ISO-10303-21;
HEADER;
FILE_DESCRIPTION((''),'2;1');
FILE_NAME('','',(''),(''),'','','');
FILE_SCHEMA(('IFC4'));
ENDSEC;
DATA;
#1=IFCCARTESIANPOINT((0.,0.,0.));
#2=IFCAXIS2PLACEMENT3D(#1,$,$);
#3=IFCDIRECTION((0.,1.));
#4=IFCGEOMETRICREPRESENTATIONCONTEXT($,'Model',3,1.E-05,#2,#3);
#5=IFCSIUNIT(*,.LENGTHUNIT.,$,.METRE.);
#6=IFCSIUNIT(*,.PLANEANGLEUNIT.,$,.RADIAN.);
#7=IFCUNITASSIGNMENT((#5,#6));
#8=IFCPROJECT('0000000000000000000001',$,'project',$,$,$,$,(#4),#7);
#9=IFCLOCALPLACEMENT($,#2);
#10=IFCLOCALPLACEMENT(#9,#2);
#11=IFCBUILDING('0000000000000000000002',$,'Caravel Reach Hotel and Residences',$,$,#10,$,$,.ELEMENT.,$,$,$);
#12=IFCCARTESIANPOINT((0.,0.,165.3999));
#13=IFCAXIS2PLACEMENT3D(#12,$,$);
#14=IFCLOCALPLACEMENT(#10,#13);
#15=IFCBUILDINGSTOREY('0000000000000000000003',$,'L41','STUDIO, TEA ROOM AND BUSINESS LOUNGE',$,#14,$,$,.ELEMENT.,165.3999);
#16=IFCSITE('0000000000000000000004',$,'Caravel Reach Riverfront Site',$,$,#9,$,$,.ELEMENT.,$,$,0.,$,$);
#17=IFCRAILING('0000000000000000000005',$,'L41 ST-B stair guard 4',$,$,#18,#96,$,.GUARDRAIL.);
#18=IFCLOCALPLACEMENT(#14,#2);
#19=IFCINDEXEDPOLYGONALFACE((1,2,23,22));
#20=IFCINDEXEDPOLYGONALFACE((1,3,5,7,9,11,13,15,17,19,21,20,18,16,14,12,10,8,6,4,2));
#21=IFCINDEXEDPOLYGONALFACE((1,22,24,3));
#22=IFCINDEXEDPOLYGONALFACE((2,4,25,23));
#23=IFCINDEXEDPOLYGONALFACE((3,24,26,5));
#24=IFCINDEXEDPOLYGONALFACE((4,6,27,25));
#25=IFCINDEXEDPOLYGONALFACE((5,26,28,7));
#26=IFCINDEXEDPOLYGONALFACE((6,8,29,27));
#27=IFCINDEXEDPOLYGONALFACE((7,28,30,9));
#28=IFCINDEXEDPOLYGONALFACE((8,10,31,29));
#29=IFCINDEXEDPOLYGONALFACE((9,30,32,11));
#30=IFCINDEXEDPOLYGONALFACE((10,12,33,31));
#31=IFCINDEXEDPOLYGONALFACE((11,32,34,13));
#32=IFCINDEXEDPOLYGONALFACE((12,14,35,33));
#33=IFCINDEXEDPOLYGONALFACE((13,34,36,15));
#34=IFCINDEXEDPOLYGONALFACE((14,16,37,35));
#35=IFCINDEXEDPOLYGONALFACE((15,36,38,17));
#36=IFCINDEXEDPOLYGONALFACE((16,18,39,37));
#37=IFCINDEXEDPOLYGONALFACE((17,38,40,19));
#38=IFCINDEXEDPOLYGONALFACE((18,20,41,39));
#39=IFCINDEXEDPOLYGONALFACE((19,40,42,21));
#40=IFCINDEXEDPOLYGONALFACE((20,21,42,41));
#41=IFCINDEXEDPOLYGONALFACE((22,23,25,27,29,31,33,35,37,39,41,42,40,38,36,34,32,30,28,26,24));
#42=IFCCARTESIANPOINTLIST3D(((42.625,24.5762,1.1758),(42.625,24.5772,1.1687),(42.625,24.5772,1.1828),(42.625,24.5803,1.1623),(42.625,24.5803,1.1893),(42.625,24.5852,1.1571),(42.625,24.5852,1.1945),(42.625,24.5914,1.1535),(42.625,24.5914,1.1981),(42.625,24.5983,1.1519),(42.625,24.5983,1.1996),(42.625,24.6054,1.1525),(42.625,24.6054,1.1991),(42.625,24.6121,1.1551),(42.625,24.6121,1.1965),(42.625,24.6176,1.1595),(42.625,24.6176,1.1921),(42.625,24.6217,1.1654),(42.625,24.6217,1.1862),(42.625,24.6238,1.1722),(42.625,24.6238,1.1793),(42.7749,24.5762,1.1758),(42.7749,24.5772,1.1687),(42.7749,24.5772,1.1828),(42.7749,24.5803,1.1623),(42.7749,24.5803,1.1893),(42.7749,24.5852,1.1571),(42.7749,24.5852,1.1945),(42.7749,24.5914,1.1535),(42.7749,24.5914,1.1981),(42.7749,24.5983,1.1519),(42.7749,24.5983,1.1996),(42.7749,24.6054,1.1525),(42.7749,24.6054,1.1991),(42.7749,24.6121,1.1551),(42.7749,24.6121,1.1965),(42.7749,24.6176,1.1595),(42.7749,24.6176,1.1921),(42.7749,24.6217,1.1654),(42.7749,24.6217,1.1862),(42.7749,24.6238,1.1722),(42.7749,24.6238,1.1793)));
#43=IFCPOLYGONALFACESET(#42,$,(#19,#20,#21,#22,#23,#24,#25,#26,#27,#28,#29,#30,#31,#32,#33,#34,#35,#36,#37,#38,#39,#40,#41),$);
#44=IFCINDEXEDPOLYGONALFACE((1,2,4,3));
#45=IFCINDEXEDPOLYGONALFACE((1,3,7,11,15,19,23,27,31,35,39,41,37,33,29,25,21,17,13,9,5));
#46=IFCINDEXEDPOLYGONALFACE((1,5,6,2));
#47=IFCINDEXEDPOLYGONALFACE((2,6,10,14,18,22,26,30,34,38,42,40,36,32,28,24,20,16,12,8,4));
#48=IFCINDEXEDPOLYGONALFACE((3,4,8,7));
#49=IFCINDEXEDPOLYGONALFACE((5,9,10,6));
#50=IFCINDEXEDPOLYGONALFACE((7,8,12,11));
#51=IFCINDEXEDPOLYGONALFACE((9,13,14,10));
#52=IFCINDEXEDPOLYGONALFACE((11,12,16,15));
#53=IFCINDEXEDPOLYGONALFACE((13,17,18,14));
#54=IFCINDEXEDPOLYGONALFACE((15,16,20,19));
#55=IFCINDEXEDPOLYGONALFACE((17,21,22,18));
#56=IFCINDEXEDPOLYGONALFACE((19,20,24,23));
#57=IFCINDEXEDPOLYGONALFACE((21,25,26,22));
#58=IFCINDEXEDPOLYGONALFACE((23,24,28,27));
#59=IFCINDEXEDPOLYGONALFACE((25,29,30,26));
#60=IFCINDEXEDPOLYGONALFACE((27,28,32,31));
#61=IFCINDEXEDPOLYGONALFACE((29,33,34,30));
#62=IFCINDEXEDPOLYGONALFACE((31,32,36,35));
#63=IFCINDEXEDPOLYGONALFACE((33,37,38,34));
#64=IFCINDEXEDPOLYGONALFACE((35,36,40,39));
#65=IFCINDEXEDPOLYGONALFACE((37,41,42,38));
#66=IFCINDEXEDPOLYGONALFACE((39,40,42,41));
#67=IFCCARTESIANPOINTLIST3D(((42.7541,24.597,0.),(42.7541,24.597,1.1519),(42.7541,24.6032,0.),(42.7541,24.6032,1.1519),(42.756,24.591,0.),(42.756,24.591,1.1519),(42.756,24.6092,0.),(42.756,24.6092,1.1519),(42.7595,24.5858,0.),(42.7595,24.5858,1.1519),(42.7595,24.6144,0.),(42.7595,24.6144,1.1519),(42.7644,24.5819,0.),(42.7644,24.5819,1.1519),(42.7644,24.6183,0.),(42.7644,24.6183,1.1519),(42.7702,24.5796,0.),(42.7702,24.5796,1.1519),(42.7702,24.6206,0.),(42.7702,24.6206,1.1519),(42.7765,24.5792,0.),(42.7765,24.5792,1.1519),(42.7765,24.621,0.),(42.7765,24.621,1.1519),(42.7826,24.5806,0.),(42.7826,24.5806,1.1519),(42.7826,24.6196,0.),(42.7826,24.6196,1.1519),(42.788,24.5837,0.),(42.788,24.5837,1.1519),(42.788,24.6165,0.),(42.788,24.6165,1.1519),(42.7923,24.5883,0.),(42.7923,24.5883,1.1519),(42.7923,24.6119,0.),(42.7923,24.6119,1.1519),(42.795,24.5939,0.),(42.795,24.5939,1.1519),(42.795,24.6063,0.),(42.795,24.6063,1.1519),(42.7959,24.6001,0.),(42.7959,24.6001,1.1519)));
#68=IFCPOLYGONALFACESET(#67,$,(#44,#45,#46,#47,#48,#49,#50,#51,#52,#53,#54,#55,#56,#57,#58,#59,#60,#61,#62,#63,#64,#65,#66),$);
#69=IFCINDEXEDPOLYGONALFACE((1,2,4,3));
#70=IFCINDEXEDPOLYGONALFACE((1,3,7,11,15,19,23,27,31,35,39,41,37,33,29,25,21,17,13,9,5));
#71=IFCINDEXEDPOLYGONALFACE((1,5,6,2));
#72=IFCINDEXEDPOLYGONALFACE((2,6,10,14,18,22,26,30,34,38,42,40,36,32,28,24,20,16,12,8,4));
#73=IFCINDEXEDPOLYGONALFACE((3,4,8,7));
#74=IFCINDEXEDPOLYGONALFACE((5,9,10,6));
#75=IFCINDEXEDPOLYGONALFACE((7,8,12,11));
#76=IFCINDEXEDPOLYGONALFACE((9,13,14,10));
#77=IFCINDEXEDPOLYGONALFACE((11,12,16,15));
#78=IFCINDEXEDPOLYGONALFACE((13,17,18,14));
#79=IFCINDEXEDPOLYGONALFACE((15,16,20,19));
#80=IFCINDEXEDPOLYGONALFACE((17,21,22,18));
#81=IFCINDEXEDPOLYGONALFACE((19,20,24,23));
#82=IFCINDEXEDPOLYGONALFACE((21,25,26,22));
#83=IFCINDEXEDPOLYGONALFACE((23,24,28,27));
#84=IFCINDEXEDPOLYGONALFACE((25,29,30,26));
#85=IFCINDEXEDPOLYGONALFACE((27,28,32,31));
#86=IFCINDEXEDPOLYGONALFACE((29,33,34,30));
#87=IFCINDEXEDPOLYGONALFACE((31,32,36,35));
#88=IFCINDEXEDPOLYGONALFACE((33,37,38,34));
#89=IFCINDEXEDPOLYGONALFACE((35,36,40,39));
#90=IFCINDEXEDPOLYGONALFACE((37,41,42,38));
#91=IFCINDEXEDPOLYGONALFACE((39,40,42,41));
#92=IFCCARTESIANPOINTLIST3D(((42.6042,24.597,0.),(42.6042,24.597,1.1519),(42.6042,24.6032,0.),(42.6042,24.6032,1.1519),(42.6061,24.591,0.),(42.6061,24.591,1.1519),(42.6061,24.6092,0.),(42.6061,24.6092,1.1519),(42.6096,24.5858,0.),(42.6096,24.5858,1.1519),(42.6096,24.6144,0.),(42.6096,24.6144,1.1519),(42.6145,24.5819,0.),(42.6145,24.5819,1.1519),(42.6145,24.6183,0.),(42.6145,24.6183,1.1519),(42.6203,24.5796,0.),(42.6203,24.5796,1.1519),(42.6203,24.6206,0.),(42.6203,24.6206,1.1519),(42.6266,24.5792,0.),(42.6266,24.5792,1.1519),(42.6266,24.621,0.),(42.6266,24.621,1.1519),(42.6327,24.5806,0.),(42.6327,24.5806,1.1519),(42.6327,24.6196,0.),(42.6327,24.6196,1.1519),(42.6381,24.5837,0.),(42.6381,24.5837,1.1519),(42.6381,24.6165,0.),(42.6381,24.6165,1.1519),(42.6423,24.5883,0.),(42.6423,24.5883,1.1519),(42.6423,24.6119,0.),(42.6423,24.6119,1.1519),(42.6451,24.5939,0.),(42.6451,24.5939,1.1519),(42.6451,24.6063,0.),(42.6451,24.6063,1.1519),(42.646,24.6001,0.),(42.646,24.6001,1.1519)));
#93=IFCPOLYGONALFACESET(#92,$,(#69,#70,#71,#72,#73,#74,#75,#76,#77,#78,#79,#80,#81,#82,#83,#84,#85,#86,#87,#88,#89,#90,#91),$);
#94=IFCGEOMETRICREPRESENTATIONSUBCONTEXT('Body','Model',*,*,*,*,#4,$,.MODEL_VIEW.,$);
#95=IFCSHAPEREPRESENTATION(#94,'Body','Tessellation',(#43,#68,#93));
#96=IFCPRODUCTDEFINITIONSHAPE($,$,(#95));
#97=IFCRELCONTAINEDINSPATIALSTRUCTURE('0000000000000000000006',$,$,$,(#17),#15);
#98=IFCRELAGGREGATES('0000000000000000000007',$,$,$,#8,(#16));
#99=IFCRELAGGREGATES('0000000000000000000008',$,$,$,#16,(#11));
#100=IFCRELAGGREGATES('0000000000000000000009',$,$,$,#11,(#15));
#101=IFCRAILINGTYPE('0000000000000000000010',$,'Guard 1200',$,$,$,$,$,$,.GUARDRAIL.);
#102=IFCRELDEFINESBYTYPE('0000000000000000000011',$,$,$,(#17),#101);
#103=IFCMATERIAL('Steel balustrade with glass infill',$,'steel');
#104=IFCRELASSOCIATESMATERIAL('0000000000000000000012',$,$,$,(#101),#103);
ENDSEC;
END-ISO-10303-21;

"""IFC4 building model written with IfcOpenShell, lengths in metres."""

from ifc_helpers import new_model, si_unit, direction, frame, origin, origin_2d, place, context, subcontext, project, spatial, circle, extrude, material, type_object, element, save


model = new_model("IFC4")

# Units and contexts
model_context = context("Model", 3, precision=1e-05, world=origin(), true_north=direction((0.0, 1.0)))
body_context = subcontext(model_context, "Body", "Model", "MODEL_VIEW")
ifc_project = project(units=[si_unit("LENGTHUNIT", "METRE"), si_unit("PLANEANGLEUNIT", "RADIAN")], contexts=[model_context])

# Site, building, storey
site_placement = place(None, origin())
site = spatial("IfcSite", under=ifc_project, at=site_placement, Name="Caravel Reach Riverfront Site", CompositionType="ELEMENT", RefElevation=0.0)
building_placement = place(site_placement, origin())
building = spatial("IfcBuilding", under=site, at=building_placement, Name="Caravel Reach Hotel and Residences", CompositionType="ELEMENT")
storey_placement = place(building_placement, frame((0.0, 0.0, 165.3999)))
storey = spatial("IfcBuildingStorey", under=building, at=storey_placement, Name="L41", Description="STUDIO, TEA ROOM AND BUSINESS LOUNGE", CompositionType="ELEMENT", Elevation=165.3999)

# Railing
ifc_material_1 = material(Name="Steel balustrade with glass infill", Category="steel")
railing_type_1 = type_object("IfcRailingType", Name="Guard 1200", PredefinedType="GUARDRAIL", material=ifc_material_1)
railing_1_placement = place(storey_placement, frame((42.7749, 24.6001, 0.0)))
element("IfcRailing", 1, at=railing_1_placement, inside=storey, type_object=railing_type_1, Name="L41 ST-B stair guard 4", PredefinedType="GUARDRAIL", context=body_context, shape_type="SweptSolid", body=[
    extrude(circle(Radius=0.0239, at=origin_2d()), frame((0.0, 0.0, 1.1758), z_axis=(-1.0, 0.0, 0.0), x_axis=(0.0, -1.0, 0.0)), (0.0, 0.0, 1.0), 0.1499),
    extrude(circle(Radius=0.021, at=origin_2d()), origin(), (0.0, 0.0, 1.0), 1.1519),
    extrude(circle(Radius=0.021, at=origin_2d()), frame((-0.1499, 0.0, 0.0)), (0.0, 0.0, 1.0), 1.1519),
])

save(model, "model.ifc")
